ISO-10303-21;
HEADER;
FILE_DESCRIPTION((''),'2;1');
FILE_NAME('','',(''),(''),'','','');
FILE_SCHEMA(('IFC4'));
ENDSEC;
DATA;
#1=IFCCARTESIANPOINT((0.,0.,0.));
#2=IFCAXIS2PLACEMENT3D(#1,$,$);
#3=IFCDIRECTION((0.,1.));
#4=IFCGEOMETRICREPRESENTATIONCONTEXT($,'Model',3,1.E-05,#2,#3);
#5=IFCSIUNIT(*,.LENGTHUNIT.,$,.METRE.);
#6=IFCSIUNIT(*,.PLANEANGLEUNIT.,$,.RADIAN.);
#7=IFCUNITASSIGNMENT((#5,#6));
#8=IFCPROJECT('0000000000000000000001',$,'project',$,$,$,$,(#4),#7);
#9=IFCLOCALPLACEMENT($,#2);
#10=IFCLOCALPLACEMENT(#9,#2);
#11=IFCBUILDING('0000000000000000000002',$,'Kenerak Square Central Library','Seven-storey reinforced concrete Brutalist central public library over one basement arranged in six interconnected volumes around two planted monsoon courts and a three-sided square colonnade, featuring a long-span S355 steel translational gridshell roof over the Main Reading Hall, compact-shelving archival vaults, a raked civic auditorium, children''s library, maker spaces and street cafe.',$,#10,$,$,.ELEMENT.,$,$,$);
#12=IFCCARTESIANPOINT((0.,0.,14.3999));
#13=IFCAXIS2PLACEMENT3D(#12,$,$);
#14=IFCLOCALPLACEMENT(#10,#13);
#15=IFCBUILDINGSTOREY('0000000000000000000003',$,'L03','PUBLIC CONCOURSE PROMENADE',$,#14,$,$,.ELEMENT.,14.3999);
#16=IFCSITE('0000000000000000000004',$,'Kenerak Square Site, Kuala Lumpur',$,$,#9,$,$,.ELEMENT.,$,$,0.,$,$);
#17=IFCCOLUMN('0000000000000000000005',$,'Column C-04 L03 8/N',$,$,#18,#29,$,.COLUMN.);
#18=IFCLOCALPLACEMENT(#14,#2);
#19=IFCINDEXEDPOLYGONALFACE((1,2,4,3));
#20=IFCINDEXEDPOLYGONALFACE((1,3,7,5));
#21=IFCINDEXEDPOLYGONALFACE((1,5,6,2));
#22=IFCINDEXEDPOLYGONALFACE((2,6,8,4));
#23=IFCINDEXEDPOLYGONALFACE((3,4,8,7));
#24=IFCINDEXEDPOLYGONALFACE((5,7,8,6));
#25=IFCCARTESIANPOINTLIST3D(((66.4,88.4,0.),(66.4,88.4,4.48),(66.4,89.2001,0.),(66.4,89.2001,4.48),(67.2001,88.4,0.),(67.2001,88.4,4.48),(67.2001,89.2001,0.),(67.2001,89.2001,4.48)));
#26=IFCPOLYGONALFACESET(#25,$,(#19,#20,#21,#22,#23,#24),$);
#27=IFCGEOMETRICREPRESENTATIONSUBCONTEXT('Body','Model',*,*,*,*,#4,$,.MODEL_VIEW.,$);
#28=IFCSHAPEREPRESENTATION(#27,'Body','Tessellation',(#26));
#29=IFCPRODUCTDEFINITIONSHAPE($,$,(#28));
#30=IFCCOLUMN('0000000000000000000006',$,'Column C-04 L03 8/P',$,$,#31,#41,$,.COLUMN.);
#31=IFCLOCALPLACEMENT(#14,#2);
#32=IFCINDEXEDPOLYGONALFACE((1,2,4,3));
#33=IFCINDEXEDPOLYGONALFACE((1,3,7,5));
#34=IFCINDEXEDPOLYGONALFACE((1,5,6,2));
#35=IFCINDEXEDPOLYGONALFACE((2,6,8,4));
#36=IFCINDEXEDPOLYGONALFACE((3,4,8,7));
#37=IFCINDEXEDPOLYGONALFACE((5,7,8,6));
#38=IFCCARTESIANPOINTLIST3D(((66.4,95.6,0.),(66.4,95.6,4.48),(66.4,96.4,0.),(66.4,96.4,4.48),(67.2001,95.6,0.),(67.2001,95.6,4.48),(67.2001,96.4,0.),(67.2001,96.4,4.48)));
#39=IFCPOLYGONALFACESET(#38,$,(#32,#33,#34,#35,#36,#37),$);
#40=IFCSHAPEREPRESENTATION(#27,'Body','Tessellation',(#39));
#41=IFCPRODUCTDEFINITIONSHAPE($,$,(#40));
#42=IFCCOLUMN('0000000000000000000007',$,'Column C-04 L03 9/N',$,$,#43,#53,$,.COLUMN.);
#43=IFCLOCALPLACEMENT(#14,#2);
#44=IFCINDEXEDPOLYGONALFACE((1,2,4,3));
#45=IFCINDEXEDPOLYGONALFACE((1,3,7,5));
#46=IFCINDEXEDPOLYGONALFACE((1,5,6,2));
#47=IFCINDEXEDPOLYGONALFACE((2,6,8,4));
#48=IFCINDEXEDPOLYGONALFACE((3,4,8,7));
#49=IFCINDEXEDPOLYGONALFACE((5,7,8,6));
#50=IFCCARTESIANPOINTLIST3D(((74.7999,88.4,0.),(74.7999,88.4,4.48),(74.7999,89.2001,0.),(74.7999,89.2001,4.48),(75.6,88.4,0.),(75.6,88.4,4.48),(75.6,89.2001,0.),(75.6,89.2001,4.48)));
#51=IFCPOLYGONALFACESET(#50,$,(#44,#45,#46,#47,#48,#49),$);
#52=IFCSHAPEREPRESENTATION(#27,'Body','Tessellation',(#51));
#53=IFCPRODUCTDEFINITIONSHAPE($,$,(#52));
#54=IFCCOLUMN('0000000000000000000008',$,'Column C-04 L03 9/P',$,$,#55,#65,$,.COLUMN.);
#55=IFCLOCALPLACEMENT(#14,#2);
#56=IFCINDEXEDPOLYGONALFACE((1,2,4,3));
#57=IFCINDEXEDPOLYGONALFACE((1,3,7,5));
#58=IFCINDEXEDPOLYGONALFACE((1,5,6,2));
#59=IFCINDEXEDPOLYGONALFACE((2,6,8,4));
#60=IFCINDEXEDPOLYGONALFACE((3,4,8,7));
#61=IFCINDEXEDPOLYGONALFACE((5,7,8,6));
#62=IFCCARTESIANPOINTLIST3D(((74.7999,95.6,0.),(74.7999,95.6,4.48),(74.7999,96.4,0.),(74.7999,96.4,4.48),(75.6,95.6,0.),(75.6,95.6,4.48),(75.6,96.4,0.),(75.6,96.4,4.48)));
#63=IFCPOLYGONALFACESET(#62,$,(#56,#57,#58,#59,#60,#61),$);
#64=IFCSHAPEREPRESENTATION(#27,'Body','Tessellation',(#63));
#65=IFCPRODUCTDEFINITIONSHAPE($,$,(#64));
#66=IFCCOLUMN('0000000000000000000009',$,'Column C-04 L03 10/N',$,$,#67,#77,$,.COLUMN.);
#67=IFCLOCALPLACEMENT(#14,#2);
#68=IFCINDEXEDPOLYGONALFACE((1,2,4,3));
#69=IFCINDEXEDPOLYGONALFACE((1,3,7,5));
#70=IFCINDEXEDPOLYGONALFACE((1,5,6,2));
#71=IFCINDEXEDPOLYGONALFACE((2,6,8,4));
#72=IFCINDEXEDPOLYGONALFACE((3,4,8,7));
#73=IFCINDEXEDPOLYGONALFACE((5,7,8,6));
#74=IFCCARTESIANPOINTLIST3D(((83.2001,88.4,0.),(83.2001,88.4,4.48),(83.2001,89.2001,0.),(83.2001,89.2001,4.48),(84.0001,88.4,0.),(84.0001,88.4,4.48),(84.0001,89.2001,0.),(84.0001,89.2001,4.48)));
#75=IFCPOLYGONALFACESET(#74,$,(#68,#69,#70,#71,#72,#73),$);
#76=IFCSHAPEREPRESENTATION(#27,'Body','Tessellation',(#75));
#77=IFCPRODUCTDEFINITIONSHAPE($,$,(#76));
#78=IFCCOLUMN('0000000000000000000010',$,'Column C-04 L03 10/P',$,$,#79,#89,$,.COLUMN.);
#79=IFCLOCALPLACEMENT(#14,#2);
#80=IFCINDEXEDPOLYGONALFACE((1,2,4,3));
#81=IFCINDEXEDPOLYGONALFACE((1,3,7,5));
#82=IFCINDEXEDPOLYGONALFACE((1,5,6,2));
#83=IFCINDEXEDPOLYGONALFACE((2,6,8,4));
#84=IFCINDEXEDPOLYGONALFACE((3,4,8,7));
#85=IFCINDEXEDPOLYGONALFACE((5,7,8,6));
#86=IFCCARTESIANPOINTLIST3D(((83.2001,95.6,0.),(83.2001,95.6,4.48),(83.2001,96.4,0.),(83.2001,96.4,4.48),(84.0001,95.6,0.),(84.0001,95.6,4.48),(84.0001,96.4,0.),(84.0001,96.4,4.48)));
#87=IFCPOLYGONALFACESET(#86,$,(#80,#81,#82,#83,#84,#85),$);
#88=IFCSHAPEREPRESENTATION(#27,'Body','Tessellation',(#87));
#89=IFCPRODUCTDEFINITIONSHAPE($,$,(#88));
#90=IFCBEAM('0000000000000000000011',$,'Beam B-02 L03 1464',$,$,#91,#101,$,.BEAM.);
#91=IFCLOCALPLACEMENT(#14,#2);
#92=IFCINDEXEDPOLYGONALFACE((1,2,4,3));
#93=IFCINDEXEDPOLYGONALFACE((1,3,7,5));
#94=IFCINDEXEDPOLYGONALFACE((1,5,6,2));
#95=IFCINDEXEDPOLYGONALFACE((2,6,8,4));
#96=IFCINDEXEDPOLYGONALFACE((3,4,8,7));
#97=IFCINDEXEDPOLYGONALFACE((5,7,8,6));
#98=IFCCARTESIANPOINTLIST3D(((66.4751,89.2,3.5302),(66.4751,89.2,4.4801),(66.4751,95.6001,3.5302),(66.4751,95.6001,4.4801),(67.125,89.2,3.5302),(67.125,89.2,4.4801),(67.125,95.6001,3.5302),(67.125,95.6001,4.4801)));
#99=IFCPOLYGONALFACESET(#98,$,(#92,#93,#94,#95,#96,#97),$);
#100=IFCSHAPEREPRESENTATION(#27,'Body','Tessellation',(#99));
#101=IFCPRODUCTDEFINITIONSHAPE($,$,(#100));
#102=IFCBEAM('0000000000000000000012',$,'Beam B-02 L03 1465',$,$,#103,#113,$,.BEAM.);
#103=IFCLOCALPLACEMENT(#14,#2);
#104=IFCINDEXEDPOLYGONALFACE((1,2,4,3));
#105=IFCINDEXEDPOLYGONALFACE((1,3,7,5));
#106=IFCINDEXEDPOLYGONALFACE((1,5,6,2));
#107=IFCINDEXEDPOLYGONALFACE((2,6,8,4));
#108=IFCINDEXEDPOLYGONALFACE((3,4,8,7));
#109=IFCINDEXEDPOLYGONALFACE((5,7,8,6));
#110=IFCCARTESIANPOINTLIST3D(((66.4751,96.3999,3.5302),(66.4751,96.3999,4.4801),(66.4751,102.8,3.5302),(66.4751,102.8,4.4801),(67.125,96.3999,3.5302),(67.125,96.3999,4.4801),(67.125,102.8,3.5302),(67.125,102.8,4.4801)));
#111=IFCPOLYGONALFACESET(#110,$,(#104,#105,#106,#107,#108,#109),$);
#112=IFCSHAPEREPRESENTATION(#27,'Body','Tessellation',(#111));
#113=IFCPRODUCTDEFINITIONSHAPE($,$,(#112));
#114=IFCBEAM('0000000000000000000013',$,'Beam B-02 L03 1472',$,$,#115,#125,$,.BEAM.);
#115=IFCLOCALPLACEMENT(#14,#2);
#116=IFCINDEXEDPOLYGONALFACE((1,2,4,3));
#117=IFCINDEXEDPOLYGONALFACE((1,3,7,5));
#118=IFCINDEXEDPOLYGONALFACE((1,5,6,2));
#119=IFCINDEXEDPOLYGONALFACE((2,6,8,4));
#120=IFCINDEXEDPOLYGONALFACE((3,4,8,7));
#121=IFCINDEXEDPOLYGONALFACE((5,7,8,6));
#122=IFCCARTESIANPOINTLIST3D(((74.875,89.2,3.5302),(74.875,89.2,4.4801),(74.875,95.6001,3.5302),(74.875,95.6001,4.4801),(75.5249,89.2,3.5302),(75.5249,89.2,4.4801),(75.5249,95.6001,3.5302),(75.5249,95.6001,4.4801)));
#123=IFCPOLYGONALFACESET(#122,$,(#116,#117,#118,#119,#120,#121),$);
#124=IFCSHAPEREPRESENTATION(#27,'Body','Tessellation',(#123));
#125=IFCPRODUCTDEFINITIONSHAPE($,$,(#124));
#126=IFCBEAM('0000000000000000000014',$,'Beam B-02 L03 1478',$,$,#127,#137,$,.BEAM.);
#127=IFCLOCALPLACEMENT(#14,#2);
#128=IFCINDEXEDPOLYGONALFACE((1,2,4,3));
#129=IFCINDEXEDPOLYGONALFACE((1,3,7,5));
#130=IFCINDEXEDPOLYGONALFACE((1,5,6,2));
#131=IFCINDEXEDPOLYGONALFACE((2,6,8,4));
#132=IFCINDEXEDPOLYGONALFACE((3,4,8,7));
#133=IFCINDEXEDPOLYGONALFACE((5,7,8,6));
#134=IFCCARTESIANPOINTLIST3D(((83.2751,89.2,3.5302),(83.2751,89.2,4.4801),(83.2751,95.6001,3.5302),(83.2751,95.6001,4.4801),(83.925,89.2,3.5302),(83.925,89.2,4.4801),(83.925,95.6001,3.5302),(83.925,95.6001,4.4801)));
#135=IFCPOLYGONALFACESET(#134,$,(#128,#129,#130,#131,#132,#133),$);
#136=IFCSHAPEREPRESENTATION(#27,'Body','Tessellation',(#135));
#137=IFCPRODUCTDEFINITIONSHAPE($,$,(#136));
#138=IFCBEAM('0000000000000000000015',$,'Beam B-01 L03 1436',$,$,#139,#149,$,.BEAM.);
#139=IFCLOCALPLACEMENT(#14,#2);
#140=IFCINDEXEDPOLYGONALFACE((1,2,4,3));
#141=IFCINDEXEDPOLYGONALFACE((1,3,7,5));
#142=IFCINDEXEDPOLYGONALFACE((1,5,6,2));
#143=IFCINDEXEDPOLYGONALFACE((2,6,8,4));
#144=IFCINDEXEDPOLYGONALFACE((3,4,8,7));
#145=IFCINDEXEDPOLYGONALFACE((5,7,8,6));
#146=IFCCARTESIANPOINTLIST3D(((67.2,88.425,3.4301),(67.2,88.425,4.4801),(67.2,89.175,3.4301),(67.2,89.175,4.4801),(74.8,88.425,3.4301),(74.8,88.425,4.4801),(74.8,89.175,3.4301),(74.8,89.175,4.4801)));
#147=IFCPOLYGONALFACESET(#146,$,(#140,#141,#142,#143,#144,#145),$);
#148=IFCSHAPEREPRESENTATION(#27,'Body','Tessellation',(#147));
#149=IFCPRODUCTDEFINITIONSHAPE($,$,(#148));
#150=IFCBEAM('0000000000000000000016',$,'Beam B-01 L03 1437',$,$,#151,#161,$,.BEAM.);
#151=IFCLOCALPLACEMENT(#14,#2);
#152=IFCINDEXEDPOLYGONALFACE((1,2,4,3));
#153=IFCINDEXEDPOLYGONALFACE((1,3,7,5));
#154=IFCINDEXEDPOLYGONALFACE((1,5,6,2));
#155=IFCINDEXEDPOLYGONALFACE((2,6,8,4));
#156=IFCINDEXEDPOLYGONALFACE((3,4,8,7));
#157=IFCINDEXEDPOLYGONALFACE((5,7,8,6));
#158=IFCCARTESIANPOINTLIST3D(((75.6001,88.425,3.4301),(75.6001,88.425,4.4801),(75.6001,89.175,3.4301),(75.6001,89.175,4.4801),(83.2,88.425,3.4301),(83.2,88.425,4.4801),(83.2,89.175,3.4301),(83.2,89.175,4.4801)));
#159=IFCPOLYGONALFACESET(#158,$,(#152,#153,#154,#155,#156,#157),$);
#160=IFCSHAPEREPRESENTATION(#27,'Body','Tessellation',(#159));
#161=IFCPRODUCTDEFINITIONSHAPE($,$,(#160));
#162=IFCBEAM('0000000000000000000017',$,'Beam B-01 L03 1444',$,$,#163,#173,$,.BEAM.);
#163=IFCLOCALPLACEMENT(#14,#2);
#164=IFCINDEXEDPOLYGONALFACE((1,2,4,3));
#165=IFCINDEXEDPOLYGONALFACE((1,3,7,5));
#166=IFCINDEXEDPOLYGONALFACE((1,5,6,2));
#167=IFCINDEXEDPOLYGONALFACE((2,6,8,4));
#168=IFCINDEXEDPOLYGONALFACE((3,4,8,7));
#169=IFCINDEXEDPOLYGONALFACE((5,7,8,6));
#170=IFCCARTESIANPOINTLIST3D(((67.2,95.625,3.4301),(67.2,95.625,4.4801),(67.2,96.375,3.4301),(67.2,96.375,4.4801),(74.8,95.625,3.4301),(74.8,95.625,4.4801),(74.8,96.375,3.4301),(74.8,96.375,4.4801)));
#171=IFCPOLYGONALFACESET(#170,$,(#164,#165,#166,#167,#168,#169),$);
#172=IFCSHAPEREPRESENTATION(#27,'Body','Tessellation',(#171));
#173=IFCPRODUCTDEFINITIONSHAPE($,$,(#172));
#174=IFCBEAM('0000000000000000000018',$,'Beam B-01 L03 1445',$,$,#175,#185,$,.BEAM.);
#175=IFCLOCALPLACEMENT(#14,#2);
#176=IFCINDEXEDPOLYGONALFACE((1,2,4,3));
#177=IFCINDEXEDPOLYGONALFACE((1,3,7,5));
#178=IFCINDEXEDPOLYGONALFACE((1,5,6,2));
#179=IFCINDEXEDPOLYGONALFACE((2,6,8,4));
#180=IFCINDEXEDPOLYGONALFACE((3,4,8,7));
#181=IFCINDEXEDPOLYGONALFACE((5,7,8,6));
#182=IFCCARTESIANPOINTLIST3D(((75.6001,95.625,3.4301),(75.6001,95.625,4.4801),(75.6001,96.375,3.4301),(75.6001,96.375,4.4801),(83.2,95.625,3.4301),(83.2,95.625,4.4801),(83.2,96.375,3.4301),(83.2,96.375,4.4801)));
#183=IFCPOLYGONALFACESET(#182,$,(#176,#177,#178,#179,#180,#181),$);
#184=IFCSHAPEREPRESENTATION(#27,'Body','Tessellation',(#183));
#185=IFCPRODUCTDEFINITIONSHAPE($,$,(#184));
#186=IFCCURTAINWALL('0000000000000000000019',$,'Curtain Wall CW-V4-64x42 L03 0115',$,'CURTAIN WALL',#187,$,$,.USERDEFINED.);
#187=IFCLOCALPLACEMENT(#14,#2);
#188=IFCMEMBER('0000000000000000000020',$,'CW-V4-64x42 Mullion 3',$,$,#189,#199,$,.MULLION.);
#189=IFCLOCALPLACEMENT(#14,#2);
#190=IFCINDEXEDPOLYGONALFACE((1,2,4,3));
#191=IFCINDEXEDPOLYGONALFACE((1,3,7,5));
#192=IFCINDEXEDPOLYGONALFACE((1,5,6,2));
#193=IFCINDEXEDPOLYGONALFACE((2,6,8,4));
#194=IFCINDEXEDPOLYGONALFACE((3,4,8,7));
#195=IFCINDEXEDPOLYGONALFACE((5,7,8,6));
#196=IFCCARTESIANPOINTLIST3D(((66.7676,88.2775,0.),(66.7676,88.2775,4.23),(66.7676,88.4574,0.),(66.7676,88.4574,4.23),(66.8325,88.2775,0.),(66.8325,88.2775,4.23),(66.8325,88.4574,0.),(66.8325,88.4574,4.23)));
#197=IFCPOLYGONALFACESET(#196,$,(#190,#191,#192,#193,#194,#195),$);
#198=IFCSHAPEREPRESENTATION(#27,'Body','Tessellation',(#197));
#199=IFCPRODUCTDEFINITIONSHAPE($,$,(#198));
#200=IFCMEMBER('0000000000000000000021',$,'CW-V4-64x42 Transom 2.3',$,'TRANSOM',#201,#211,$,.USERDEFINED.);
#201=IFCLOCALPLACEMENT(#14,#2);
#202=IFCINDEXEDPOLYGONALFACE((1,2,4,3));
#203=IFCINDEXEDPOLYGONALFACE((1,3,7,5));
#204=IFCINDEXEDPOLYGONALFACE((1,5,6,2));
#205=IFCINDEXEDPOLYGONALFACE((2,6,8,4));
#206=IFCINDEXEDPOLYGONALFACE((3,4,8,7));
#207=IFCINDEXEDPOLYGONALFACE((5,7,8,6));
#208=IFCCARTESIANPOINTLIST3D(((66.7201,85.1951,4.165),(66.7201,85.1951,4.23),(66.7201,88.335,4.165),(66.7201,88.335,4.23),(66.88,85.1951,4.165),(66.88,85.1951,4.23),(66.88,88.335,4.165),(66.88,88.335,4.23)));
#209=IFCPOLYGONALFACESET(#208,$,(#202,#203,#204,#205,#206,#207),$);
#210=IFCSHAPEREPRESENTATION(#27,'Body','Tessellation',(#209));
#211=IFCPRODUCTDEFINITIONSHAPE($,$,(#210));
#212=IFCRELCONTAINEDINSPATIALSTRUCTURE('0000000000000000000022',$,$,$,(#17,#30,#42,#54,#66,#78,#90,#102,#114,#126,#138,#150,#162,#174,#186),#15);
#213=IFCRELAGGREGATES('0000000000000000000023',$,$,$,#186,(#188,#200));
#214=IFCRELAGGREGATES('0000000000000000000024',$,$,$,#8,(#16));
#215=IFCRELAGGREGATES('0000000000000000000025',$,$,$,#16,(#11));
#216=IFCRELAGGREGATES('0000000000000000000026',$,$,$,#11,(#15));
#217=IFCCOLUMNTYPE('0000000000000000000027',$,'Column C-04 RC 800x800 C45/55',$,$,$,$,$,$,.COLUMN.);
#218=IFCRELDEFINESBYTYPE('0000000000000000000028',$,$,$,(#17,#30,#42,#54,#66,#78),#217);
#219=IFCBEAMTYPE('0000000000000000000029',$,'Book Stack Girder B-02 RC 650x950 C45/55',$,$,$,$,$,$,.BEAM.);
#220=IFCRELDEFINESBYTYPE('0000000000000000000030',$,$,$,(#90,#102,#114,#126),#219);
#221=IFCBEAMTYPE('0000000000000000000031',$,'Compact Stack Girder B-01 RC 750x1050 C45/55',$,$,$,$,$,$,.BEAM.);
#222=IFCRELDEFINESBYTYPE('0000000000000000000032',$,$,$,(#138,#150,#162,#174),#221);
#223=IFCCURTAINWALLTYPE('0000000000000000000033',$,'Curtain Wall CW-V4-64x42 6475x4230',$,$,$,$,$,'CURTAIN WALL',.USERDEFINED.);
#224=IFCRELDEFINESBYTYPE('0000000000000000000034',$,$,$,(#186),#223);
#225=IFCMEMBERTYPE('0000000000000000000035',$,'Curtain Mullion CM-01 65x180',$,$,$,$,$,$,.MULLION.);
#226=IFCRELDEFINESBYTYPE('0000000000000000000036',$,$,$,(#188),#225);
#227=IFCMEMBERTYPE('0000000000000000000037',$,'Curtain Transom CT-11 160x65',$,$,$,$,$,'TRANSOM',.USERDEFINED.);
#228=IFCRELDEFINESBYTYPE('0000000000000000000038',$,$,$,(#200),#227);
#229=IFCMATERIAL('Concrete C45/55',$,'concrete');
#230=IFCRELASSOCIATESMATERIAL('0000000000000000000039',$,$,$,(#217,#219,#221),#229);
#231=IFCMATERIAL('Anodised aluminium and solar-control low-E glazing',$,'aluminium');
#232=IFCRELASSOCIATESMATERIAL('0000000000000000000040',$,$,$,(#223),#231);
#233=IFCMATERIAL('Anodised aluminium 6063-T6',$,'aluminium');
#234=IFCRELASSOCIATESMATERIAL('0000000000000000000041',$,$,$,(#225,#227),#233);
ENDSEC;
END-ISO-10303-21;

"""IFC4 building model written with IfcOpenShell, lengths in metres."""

from ifc_helpers import new_model, si_unit, direction, frame, origin, origin_2d, place, context, subcontext, project, spatial, rectangle, extrude, material, material_profile, profile_set, type_object, element, aggregate, save


model = new_model("IFC4")

# Units and contexts
model_context = context("Model", 3, precision=1e-05, world=origin(), true_north=direction((0.0, 1.0)))
body_context = subcontext(model_context, "Body", "Model", "MODEL_VIEW")
ifc_project = project(units=[si_unit("LENGTHUNIT", "METRE"), si_unit("PLANEANGLEUNIT", "RADIAN")], contexts=[model_context])

# Site, building, storey
site_placement = place(None, origin())
site = spatial("IfcSite", under=ifc_project, at=site_placement, Name="Kenerak Square Site, Kuala Lumpur", CompositionType="ELEMENT", RefElevation=0.0)
building_placement = place(site_placement, origin())
building = spatial("IfcBuilding", under=site, at=building_placement, Name="Kenerak Square Central Library", Description="Seven-storey reinforced concrete Brutalist central public library over one basement arranged in six interconnected volumes around two planted monsoon courts and a three-sided square colonnade, featuring a long-span S355 steel translational gridshell roof over the Main Reading Hall, compact-shelving archival vaults, a raked civic auditorium, children's library, maker spaces and street cafe.", CompositionType="ELEMENT")
storey_placement = place(building_placement, frame((0.0, 0.0, 14.3999)))
storey = spatial("IfcBuildingStorey", under=building, at=storey_placement, Name="L03", Description="PUBLIC CONCOURSE PROMENADE", CompositionType="ELEMENT", Elevation=14.3999)

# Columns
ifc_material_1 = material(Name="Concrete C45/55", Category="concrete")
ifc_material_profile_1 = material_profile(ifc_material_1, rectangle(XDim=0.8, YDim=0.8, at=origin_2d()), Name="RC 800x800")
ifc_profile_set_1 = profile_set([ifc_material_profile_1], Name="Concrete C45/55")
column_type = type_object("IfcColumnType", Name="Column C-04 RC 800x800 C45/55", PredefinedType="COLUMN", material=ifc_profile_set_1)
for number, where, z_axis, x_axis, name in (
    (1, (66.8, 88.8, 0.0), (0.0, 0.0, 1.0), (1.0, 0.0, 0.0), "Column C-04 L03 8/N"),
    (2, (66.8, 96.0, 0.0), (0.0, 0.0, 1.0), (1.0, 0.0, 0.0), "Column C-04 L03 8/P"),
    (3, (75.2, 88.8, 0.0), (0.0, 0.0, 1.0), (1.0, 0.0, 0.0), "Column C-04 L03 9/N"),
    (4, (75.2, 96.0, 0.0), (0.0, 0.0, 1.0), (1.0, 0.0, 0.0), "Column C-04 L03 9/P"),
    (5, (83.6001, 88.8, 0.0), (0.0, 0.0, 1.0), (1.0, 0.0, 0.0), "Column C-04 L03 10/N"),
    (6, (83.6001, 96.0, 0.0), (0.0, 0.0, 1.0), (1.0, 0.0, 0.0), "Column C-04 L03 10/P"),
):
    element("IfcColumn", number, at=place(storey_placement, frame(where, z_axis=z_axis, x_axis=x_axis)), inside=storey, type_object=column_type, Name=name, PredefinedType="COLUMN", context=body_context, shape_type="SweptSolid", body=[
        extrude(rectangle(XDim=0.8, YDim=0.8, at=origin_2d()), origin(), (0.0, 0.0, 1.0), 4.48),
    ])

# Beams
ifc_material_profile_2 = material_profile(ifc_material_1, rectangle(XDim=0.6499, YDim=0.95, at=origin_2d()), Name="RC 650x950")
ifc_profile_set_2 = profile_set([ifc_material_profile_2], Name="Concrete C45/55")
beam_type_1 = type_object("IfcBeamType", Name="Book Stack Girder B-02 RC 650x950 C45/55", PredefinedType="BEAM", material=ifc_profile_set_2)
for number, where, z_axis, x_axis, name in (
    (7, (66.8, 89.2, 4.0051), (0.0, 1.0, 0.0), (-1.0, 0.0, 0.0), "Beam B-02 L03 1464"),
    (8, (66.8, 96.3999, 4.0051), (0.0, 1.0, 0.0), (-1.0, 0.0, 0.0), "Beam B-02 L03 1465"),
    (9, (75.2, 89.2, 4.0051), (0.0, 1.0, 0.0), (-1.0, 0.0, 0.0), "Beam B-02 L03 1472"),
    (10, (83.6001, 89.2, 4.0051), (0.0, 1.0, 0.0), (-1.0, 0.0, 0.0), "Beam B-02 L03 1478"),
):
    element("IfcBeam", number, at=place(storey_placement, frame(where, z_axis=z_axis, x_axis=x_axis)), inside=storey, type_object=beam_type_1, Name=name, PredefinedType="BEAM", context=body_context, shape_type="SweptSolid", body=[
        extrude(rectangle(XDim=0.6499, YDim=0.95, at=origin_2d()), origin(), (0.0, 0.0, 1.0), 6.4001),
    ])
ifc_material_profile_3 = material_profile(ifc_material_1, rectangle(XDim=0.75, YDim=1.05, at=origin_2d()), Name="RC 750x1050")
ifc_profile_set_3 = profile_set([ifc_material_profile_3], Name="Concrete C45/55")
beam_type_2 = type_object("IfcBeamType", Name="Compact Stack Girder B-01 RC 750x1050 C45/55", PredefinedType="BEAM", material=ifc_profile_set_3)
beam_1_placement = place(storey_placement, frame((67.2, 88.8, 3.9551), z_axis=(1.0, 0.0, 0.0), x_axis=(0.0, 1.0, 0.0)))
element("IfcBeam", 11, at=beam_1_placement, inside=storey, type_object=beam_type_2, Name="Beam B-01 L03 1436", PredefinedType="BEAM", context=body_context, shape_type="SweptSolid", body=[
    extrude(rectangle(XDim=0.75, YDim=1.05, at=origin_2d()), origin(), (0.0, 0.0, 1.0), 7.6001),
])
beam_2_placement = place(storey_placement, frame((75.6001, 88.8, 3.9551), z_axis=(1.0, 0.0, 0.0), x_axis=(0.0, 1.0, 0.0)))
element("IfcBeam", 12, at=beam_2_placement, inside=storey, type_object=beam_type_2, Name="Beam B-01 L03 1437", PredefinedType="BEAM", context=body_context, shape_type="SweptSolid", body=[
    extrude(rectangle(XDim=0.75, YDim=1.05, at=origin_2d()), origin(), (0.0, 0.0, 1.0), 7.5999),
])
beam_3_placement = place(storey_placement, frame((67.2, 96.0, 3.9551), z_axis=(1.0, 0.0, 0.0), x_axis=(0.0, 1.0, 0.0)))
element("IfcBeam", 13, at=beam_3_placement, inside=storey, type_object=beam_type_2, Name="Beam B-01 L03 1444", PredefinedType="BEAM", context=body_context, shape_type="SweptSolid", body=[
    extrude(rectangle(XDim=0.75, YDim=1.05, at=origin_2d()), origin(), (0.0, 0.0, 1.0), 7.6001),
])
beam_4_placement = place(storey_placement, frame((75.6001, 96.0, 3.9551), z_axis=(1.0, 0.0, 0.0), x_axis=(0.0, 1.0, 0.0)))
element("IfcBeam", 14, at=beam_4_placement, inside=storey, type_object=beam_type_2, Name="Beam B-01 L03 1445", PredefinedType="BEAM", context=body_context, shape_type="SweptSolid", body=[
    extrude(rectangle(XDim=0.75, YDim=1.05, at=origin_2d()), origin(), (0.0, 0.0, 1.0), 7.5999),
])

# Curtain wall, members
ifc_material_2 = material(Name="Anodised aluminium and solar-control low-E glazing", Category="aluminium")
curtain_wall_type = type_object("IfcCurtainWallType", Name="Curtain Wall CW-V4-64x42 6475x4230", ElementType="CURTAIN WALL", PredefinedType="USERDEFINED", material=ifc_material_2)
curtain_wall_placement = place(storey_placement, origin())
curtain_wall = element("IfcCurtainWall", 15, at=curtain_wall_placement, inside=storey, type_object=curtain_wall_type, Name="Curtain Wall CW-V4-64x42 L03 0115", ObjectType="CURTAIN WALL", PredefinedType="USERDEFINED")
ifc_material_3 = material(Name="Anodised aluminium 6063-T6", Category="aluminium")
ifc_material_profile_4 = material_profile(ifc_material_3, rectangle(XDim=0.0649, YDim=0.1799, at=origin_2d()), Name="AL MULLION 65x180")
ifc_profile_set_4 = profile_set([ifc_material_profile_4], Name="Anodised aluminium 6063-T6")
member_type_1 = type_object("IfcMemberType", Name="Curtain Mullion CM-01 65x180", PredefinedType="MULLION", material=ifc_profile_set_4)
member_1_placement = place(storey_placement, frame((66.8, 88.3674, 0.0), z_axis=(0.0, 0.0, 1.0), x_axis=(-1.0, 0.0, 0.0)))
member_1 = element("IfcMember", 16, at=member_1_placement, type_object=member_type_1, Name="CW-V4-64x42 Mullion 3", PredefinedType="MULLION", context=body_context, shape_type="SweptSolid", body=[
    extrude(rectangle(XDim=0.0649, YDim=0.1799, at=origin_2d()), origin(), (0.0, 0.0, 1.0), 4.23),
])
ifc_material_profile_5 = material_profile(ifc_material_3, rectangle(XDim=0.1599, YDim=0.0649, at=origin_2d()), Name="AL TRANSOM 160x65")
ifc_profile_set_5 = profile_set([ifc_material_profile_5], Name="Anodised aluminium 6063-T6")
member_type_2 = type_object("IfcMemberType", Name="Curtain Transom CT-11 160x65", ElementType="TRANSOM", PredefinedType="USERDEFINED", material=ifc_profile_set_5)
member_2_placement = place(storey_placement, frame((66.8, 85.1951, 4.1975), z_axis=(0.0, 1.0, 0.0), x_axis=(-1.0, 0.0, 0.0)))
member_2 = element("IfcMember", 17, at=member_2_placement, type_object=member_type_2, Name="CW-V4-64x42 Transom 2.3", ObjectType="TRANSOM", PredefinedType="USERDEFINED", context=body_context, shape_type="SweptSolid", body=[
    extrude(rectangle(XDim=0.1599, YDim=0.0649, at=origin_2d()), origin(), (0.0, 0.0, 1.0), 3.1399),
])

aggregate(curtain_wall, [member_1, member_2])

save(model, "model.ifc")
